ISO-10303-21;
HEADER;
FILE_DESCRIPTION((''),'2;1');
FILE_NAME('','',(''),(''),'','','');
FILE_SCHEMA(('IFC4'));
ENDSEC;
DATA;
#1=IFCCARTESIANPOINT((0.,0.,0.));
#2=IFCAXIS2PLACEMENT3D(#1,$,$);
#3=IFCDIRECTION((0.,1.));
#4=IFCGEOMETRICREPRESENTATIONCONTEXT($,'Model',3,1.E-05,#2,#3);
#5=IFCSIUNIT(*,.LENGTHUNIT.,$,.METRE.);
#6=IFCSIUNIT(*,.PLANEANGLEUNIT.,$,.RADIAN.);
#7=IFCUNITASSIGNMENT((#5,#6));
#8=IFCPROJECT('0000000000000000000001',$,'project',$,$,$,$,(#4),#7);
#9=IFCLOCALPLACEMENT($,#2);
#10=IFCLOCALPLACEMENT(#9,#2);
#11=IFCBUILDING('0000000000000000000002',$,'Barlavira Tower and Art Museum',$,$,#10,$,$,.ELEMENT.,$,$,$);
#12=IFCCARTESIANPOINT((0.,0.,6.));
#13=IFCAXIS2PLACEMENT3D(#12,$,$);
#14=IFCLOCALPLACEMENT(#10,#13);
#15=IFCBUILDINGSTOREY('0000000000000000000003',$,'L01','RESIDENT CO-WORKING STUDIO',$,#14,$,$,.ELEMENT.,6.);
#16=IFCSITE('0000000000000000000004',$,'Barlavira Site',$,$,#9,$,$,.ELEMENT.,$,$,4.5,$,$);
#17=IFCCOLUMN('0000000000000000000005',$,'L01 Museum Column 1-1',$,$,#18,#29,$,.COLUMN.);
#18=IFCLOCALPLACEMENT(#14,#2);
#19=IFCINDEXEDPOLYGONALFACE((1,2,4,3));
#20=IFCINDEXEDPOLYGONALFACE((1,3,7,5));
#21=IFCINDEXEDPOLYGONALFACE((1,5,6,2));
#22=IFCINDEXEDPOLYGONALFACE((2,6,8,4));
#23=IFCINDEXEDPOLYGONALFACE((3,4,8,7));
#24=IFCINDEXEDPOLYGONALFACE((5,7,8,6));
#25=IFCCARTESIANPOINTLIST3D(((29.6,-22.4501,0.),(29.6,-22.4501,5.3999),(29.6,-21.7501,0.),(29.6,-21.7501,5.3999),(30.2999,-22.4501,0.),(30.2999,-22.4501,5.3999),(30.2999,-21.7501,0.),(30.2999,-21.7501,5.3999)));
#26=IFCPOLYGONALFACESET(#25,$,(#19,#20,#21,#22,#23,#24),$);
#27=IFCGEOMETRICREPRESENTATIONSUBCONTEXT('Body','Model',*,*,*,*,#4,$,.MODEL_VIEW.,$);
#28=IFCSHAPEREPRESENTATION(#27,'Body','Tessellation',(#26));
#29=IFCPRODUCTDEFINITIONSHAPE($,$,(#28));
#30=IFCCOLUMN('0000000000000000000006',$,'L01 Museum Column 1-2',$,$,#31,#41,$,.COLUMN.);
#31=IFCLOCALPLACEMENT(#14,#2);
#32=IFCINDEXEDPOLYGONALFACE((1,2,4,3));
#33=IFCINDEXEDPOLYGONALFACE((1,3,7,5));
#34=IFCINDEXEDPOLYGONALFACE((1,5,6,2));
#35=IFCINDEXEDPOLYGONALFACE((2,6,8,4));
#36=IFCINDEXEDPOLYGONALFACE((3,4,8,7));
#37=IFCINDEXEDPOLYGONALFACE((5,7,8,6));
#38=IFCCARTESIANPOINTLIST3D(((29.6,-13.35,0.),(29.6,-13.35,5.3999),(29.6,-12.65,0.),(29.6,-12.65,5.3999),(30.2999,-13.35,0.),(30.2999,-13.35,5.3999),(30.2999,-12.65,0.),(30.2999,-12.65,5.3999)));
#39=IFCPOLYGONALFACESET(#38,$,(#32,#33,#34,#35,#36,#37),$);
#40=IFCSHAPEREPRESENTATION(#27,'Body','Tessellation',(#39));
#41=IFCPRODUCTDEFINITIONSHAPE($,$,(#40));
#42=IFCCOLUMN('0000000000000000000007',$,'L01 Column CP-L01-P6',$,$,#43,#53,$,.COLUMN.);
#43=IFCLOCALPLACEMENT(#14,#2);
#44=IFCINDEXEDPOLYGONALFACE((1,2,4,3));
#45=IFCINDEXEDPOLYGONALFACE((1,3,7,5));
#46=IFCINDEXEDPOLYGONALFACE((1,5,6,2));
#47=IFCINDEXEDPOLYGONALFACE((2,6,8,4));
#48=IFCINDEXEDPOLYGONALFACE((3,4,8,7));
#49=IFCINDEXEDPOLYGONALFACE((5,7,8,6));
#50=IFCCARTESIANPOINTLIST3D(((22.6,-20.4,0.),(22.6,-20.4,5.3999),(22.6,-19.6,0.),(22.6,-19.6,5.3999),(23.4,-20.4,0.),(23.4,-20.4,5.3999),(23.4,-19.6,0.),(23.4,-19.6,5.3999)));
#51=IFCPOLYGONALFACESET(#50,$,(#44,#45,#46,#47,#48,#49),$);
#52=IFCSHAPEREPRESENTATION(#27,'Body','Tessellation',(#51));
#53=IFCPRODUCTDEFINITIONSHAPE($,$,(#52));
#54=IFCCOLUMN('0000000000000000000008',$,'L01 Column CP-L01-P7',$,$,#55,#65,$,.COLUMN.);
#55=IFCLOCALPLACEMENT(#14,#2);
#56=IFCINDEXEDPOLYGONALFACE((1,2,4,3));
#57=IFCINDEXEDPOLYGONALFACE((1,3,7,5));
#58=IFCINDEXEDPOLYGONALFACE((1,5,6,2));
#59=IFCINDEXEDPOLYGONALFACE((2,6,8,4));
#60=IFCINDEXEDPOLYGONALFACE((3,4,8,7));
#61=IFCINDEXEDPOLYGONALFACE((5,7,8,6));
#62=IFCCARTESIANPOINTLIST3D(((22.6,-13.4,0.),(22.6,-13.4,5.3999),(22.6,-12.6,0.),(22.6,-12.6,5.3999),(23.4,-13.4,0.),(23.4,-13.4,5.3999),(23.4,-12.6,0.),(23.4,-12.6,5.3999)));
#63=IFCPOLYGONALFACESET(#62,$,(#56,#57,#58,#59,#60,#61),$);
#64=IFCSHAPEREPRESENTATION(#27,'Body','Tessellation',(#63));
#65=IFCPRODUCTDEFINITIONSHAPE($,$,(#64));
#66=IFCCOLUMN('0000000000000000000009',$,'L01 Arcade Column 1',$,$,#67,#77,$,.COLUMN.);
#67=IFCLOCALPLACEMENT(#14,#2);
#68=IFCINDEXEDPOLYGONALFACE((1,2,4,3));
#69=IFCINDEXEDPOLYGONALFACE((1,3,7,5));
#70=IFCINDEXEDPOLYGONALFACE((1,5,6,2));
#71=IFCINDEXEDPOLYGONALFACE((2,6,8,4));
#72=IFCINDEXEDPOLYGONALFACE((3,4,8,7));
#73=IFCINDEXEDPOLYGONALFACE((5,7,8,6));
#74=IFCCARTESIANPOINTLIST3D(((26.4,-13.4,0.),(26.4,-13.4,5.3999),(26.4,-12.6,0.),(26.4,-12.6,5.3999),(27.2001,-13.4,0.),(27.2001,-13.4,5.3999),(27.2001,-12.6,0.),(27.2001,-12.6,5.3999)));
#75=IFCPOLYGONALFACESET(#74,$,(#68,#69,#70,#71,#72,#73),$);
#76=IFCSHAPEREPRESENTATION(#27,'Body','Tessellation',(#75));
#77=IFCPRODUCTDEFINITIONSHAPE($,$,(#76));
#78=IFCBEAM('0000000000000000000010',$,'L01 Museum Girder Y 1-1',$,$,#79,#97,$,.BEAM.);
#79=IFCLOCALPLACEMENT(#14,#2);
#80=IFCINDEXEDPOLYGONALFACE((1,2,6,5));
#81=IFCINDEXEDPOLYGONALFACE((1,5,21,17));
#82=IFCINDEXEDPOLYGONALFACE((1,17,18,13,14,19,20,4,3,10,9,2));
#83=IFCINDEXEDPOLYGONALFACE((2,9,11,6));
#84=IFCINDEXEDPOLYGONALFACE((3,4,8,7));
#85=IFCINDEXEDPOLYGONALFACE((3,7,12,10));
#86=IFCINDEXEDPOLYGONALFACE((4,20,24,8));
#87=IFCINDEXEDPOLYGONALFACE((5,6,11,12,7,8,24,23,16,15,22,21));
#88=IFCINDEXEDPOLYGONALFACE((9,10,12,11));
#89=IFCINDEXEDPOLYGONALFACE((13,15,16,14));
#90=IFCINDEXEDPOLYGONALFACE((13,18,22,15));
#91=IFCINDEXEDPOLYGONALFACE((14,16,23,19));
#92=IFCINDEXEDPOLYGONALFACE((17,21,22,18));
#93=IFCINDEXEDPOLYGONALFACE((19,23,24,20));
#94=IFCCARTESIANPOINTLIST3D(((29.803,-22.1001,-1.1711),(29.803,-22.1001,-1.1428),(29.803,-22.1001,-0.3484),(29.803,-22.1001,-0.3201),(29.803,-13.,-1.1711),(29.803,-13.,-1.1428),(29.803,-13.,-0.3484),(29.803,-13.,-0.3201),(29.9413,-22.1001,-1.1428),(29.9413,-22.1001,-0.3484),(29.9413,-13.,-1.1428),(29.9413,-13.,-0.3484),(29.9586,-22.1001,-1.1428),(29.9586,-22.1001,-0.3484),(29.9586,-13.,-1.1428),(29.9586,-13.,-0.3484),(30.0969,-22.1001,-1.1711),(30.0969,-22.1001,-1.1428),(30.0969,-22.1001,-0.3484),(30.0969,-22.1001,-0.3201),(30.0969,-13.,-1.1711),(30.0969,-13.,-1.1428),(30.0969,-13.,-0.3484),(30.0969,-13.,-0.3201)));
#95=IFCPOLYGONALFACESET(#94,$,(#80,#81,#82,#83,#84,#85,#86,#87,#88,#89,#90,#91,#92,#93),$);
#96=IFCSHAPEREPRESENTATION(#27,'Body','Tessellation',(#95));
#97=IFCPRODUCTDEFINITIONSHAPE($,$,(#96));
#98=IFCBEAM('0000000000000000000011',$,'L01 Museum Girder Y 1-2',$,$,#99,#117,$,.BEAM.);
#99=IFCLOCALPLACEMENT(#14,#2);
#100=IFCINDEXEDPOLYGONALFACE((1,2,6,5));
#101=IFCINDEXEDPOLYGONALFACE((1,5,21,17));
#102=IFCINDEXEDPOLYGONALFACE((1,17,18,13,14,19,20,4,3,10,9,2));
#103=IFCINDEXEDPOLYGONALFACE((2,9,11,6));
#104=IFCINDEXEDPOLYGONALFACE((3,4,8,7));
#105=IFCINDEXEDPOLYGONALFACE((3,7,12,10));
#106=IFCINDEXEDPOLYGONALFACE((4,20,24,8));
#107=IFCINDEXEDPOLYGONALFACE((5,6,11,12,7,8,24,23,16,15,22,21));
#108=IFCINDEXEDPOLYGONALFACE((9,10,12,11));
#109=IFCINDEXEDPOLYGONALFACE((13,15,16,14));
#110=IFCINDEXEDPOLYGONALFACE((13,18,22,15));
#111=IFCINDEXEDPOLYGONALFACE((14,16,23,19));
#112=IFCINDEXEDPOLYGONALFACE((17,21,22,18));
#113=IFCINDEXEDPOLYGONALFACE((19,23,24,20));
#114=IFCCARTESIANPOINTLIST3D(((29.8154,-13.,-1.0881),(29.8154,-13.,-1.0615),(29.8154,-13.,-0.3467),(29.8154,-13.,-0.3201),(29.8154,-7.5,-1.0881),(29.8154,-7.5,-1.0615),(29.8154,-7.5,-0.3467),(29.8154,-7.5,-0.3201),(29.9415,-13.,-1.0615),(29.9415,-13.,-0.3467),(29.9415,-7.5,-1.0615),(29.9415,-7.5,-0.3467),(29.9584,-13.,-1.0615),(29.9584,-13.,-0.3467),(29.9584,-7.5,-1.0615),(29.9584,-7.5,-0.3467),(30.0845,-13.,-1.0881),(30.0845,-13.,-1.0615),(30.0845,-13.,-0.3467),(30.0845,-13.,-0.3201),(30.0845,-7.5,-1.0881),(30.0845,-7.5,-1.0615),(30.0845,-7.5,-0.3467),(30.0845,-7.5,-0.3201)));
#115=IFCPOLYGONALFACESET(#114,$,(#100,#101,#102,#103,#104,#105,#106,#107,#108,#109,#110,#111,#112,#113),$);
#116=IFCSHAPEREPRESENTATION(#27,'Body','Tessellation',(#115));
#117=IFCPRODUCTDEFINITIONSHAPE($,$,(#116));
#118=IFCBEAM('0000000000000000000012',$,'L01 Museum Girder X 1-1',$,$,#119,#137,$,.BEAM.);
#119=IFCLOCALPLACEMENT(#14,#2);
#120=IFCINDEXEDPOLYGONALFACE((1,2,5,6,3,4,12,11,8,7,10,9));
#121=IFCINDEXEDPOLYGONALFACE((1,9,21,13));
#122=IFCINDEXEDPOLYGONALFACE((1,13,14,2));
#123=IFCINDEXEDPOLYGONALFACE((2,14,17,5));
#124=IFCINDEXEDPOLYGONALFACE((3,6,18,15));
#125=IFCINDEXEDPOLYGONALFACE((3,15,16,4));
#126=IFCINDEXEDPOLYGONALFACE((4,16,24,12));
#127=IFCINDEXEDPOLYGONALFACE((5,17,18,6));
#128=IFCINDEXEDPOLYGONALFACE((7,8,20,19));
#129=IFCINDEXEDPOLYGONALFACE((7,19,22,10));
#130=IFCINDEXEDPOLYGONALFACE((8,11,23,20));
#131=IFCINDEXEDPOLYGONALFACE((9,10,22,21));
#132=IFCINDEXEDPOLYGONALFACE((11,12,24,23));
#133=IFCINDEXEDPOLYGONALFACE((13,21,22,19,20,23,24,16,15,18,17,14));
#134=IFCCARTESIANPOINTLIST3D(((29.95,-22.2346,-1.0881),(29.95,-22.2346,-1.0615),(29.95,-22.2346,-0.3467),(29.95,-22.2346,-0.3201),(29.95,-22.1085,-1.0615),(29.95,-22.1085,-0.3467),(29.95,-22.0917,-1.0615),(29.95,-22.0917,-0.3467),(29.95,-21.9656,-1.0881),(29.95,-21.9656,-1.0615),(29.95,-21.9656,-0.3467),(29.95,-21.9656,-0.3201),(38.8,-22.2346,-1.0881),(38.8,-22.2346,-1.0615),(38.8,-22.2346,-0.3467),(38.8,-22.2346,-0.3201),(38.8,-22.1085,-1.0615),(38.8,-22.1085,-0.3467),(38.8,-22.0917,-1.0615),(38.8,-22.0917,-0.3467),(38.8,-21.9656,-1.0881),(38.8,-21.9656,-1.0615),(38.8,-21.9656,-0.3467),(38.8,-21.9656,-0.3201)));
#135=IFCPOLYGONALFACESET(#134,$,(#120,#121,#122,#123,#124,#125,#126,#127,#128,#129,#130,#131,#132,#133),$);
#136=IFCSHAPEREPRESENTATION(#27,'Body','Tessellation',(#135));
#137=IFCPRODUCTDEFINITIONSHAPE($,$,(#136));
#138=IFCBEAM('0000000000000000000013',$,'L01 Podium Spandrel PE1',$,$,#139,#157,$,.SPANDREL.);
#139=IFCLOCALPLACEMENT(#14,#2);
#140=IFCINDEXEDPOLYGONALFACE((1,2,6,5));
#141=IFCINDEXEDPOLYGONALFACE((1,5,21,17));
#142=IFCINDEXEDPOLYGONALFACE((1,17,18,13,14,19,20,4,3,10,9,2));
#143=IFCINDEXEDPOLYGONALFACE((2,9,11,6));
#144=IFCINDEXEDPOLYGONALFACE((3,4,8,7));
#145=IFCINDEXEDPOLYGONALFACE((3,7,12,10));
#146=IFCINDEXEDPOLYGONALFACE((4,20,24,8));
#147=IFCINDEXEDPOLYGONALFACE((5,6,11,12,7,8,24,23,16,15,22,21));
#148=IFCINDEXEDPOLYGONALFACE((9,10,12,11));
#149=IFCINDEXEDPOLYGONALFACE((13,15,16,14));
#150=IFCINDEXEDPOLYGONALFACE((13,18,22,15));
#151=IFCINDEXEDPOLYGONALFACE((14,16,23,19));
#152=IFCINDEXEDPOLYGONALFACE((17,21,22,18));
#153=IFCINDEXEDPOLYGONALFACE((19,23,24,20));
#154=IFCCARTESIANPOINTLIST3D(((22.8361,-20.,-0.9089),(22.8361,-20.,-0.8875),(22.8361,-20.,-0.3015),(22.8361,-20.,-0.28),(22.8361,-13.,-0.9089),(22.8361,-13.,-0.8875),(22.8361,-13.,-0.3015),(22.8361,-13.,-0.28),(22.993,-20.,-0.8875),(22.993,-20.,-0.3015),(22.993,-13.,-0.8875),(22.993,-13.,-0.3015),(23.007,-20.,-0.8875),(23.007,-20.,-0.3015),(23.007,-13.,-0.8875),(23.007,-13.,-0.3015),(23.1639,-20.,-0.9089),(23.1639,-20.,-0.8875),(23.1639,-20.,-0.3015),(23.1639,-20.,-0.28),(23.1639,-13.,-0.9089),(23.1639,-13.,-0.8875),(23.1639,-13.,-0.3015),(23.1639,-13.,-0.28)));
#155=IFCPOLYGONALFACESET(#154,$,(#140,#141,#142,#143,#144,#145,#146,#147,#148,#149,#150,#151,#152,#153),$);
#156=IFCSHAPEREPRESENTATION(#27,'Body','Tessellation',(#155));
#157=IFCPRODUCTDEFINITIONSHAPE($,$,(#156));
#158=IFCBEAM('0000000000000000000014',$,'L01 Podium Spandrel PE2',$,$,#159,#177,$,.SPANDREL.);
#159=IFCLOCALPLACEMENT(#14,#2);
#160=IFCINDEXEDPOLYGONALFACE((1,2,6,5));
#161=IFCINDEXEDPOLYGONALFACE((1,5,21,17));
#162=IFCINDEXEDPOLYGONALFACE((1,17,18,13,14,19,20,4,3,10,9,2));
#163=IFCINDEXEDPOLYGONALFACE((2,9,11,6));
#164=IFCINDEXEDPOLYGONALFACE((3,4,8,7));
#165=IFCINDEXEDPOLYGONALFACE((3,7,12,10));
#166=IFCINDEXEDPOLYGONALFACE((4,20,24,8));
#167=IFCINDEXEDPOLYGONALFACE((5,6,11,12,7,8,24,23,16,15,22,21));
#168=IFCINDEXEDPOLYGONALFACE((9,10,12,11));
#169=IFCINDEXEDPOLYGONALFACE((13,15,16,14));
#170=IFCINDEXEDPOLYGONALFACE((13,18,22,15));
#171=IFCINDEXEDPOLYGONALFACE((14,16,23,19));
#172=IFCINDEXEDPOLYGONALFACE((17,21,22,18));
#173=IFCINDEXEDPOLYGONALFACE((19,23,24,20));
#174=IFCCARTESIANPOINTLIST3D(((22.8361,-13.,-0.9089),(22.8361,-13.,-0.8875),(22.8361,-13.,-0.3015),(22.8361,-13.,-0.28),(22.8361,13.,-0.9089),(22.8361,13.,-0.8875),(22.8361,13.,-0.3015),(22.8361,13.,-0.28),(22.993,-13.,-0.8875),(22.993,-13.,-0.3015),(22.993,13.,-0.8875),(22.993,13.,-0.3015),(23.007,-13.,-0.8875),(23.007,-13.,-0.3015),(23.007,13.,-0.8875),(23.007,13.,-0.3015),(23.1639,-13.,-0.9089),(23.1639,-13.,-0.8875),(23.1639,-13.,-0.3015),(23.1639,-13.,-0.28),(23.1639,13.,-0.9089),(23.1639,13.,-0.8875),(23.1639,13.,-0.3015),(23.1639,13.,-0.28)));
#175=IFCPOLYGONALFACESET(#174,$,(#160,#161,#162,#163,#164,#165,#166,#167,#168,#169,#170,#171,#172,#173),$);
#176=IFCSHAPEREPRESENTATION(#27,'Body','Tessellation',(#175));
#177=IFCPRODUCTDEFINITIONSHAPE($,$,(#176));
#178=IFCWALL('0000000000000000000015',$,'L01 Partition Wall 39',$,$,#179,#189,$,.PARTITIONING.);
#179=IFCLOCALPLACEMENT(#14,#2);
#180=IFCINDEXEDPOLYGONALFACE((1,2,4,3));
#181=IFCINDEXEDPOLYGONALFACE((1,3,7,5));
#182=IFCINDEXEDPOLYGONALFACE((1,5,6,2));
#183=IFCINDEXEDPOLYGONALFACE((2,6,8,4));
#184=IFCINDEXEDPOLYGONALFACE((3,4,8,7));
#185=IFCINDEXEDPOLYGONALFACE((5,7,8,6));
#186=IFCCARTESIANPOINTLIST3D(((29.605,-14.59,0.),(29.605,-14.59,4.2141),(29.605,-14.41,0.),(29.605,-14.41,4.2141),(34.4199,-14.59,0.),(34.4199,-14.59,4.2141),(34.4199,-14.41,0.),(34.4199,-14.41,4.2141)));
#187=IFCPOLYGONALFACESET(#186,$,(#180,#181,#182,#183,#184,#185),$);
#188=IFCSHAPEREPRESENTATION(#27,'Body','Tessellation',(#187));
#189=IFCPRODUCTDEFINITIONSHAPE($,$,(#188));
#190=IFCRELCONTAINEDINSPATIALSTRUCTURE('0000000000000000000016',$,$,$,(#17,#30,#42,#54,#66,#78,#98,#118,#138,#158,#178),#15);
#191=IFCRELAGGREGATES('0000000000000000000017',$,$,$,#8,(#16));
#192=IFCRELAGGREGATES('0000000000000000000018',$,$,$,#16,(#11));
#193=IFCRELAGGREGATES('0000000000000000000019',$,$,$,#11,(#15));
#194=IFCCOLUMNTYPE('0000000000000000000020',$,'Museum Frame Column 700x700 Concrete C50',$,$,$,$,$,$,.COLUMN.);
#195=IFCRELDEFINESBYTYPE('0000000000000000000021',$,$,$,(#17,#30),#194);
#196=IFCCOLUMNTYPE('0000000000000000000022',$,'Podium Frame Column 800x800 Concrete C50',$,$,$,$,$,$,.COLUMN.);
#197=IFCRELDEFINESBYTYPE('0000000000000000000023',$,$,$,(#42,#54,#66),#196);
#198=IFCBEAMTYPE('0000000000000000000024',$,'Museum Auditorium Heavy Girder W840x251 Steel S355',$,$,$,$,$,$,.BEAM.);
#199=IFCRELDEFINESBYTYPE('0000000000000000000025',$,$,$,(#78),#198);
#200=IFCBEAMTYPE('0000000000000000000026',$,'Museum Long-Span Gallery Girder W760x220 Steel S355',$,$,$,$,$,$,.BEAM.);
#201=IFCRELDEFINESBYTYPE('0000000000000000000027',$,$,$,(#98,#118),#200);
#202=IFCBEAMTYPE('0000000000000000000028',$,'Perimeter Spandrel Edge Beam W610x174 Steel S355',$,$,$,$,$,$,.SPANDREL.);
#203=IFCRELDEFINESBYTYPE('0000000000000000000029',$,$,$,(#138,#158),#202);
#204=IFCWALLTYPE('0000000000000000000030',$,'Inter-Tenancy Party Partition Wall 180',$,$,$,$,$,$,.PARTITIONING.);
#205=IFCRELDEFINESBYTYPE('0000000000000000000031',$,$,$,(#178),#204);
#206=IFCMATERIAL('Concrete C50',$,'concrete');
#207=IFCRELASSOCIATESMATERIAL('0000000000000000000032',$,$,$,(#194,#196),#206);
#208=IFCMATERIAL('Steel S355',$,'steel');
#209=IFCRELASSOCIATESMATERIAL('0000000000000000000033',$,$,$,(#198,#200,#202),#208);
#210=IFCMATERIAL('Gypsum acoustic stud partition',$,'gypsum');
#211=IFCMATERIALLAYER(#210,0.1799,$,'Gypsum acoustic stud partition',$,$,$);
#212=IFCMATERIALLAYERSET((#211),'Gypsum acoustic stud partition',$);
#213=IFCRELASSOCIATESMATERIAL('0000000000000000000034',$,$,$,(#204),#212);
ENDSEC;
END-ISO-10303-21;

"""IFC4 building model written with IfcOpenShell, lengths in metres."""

from ifc_helpers import new_model, si_unit, direction, frame, frame_2d, origin, origin_2d, place, context, subcontext, project, spatial, rectangle, i_section, extrude, material, layer, layer_set, material_profile, profile_set, type_object, element, save


model = new_model("IFC4")

# Units and contexts
model_context = context("Model", 3, precision=1e-05, world=origin(), true_north=direction((0.0, 1.0)))
body_context = subcontext(model_context, "Body", "Model", "MODEL_VIEW")
ifc_project = project(units=[si_unit("LENGTHUNIT", "METRE"), si_unit("PLANEANGLEUNIT", "RADIAN")], contexts=[model_context])

# Site, building, storey
site_placement = place(None, origin())
site = spatial("IfcSite", under=ifc_project, at=site_placement, Name="Barlavira Site", CompositionType="ELEMENT", RefElevation=4.5)
building_placement = place(site_placement, origin())
building = spatial("IfcBuilding", under=site, at=building_placement, Name="Barlavira Tower and Art Museum", CompositionType="ELEMENT")
storey_placement = place(building_placement, frame((0.0, 0.0, 6.0)))
storey = spatial("IfcBuildingStorey", under=building, at=storey_placement, Name="L01", Description="RESIDENT CO-WORKING STUDIO", CompositionType="ELEMENT", Elevation=6.0)

# Columns
ifc_material_1 = material(Name="Concrete C50", Category="concrete")
ifc_material_profile_1 = material_profile(ifc_material_1, rectangle(XDim=0.7, YDim=0.7, at=origin_2d()), Name="RC-COL 700x700")
ifc_profile_set_1 = profile_set([ifc_material_profile_1], Name="Concrete C50")
column_type_1 = type_object("IfcColumnType", Name="Museum Frame Column 700x700 Concrete C50", PredefinedType="COLUMN", material=ifc_profile_set_1)
for number, where, z_axis, x_axis, name in (
    (1, (29.95, -22.1001, 0.0), (0.0, 0.0, 1.0), (1.0, 0.0, 0.0), "L01 Museum Column 1-1"),
    (2, (29.95, -13.0, 0.0), (0.0, 0.0, 1.0), (1.0, 0.0, 0.0), "L01 Museum Column 1-2"),
):
    element("IfcColumn", number, at=place(storey_placement, frame(where, z_axis=z_axis, x_axis=x_axis)), inside=storey, type_object=column_type_1, Name=name, PredefinedType="COLUMN", context=body_context, shape_type="SweptSolid", body=[
        extrude(rectangle(XDim=0.7, YDim=0.7, at=origin_2d()), origin(), (0.0, 0.0, 1.0), 5.3999),
    ])
ifc_material_profile_2 = material_profile(ifc_material_1, rectangle(XDim=0.8, YDim=0.8, at=origin_2d()), Name="RC-COL 800x800")
ifc_profile_set_2 = profile_set([ifc_material_profile_2], Name="Concrete C50")
column_type_2 = type_object("IfcColumnType", Name="Podium Frame Column 800x800 Concrete C50", PredefinedType="COLUMN", material=ifc_profile_set_2)
for number, where, z_axis, x_axis, name in (
    (3, (23.0, -20.0, 0.0), (0.0, 0.0, 1.0), (1.0, 0.0, 0.0), "L01 Column CP-L01-P6"),
    (4, (23.0, -13.0, 0.0), (0.0, 0.0, 1.0), (1.0, 0.0, 0.0), "L01 Column CP-L01-P7"),
    (5, (26.8, -13.0, 0.0), (0.0, 0.0, 1.0), (1.0, 0.0, 0.0), "L01 Arcade Column 1"),
):
    element("IfcColumn", number, at=place(storey_placement, frame(where, z_axis=z_axis, x_axis=x_axis)), inside=storey, type_object=column_type_2, Name=name, PredefinedType="COLUMN", context=body_context, shape_type="SweptSolid", body=[
        extrude(rectangle(XDim=0.8, YDim=0.8, at=origin_2d()), origin(), (0.0, 0.0, 1.0), 5.3999),
    ])

# Beams
ifc_material_2 = material(Name="Steel S355", Category="steel")
ifc_material_profile_3 = material_profile(ifc_material_2, i_section(OverallWidth=0.2939, OverallDepth=0.8511, WebThickness=0.0173, FlangeThickness=0.0283, at=origin_2d()), Name="W840x251.0")
ifc_profile_set_3 = profile_set([ifc_material_profile_3], Name="Steel S355")
beam_type_1 = type_object("IfcBeamType", Name="Museum Auditorium Heavy Girder W840x251 Steel S355", PredefinedType="BEAM", material=ifc_profile_set_3)
beam_1_placement = place(storey_placement, frame((29.95, -22.1001, -0.7456), z_axis=(0.0, 1.0, 0.0), x_axis=(-1.0, 0.0, 0.0)))
element("IfcBeam", 6, at=beam_1_placement, inside=storey, type_object=beam_type_1, Name="L01 Museum Girder Y 1-1", PredefinedType="BEAM", context=body_context, shape_type="SweptSolid", body=[
    extrude(i_section(OverallWidth=0.2939, OverallDepth=0.8511, WebThickness=0.0173, FlangeThickness=0.0283, at=origin_2d()), origin(), (0.0, 0.0, 1.0), 9.1001),
])
ifc_material_profile_4 = material_profile(ifc_material_2, i_section(OverallWidth=0.269, OverallDepth=0.7681, WebThickness=0.0168, FlangeThickness=0.0266, at=origin_2d()), Name="W760x220.0")
ifc_profile_set_4 = profile_set([ifc_material_profile_4], Name="Steel S355")
beam_type_2 = type_object("IfcBeamType", Name="Museum Long-Span Gallery Girder W760x220 Steel S355", PredefinedType="BEAM", material=ifc_profile_set_4)
beam_2_placement = place(storey_placement, frame((29.95, -13.0, -0.7041), z_axis=(0.0, 1.0, 0.0), x_axis=(-1.0, 0.0, 0.0)))
element("IfcBeam", 7, at=beam_2_placement, inside=storey, type_object=beam_type_2, Name="L01 Museum Girder Y 1-2", PredefinedType="BEAM", context=body_context, shape_type="SweptSolid", body=[
    extrude(i_section(OverallWidth=0.269, OverallDepth=0.7681, WebThickness=0.0168, FlangeThickness=0.0266, at=origin_2d()), origin(), (0.0, 0.0, 1.0), 5.5),
])
beam_3_placement = place(storey_placement, frame((29.95, -22.1001, -0.7041), z_axis=(1.0, 0.0, 0.0), x_axis=(0.0, 1.0, 0.0)))
element("IfcBeam", 8, at=beam_3_placement, inside=storey, type_object=beam_type_2, Name="L01 Museum Girder X 1-1", PredefinedType="BEAM", context=body_context, shape_type="SweptSolid", body=[
    extrude(i_section(OverallWidth=0.269, OverallDepth=0.7681, WebThickness=0.0168, FlangeThickness=0.0266, at=origin_2d()), origin(), (0.0, 0.0, 1.0), 8.8501),
])
ifc_material_profile_5 = material_profile(ifc_material_2, i_section(OverallWidth=0.3279, OverallDepth=0.6289, WebThickness=0.0139, FlangeThickness=0.0215, at=origin_2d()), Name="W610x174.0")
ifc_profile_set_5 = profile_set([ifc_material_profile_5], Name="Steel S355")
beam_type_3 = type_object("IfcBeamType", Name="Perimeter Spandrel Edge Beam W610x174 Steel S355", PredefinedType="SPANDREL", material=ifc_profile_set_5)
beam_4_placement = place(storey_placement, frame((23.0, -20.0, -0.5945), z_axis=(0.0, 1.0, 0.0), x_axis=(-1.0, 0.0, 0.0)))
element("IfcBeam", 9, at=beam_4_placement, inside=storey, type_object=beam_type_3, Name="L01 Podium Spandrel PE1", PredefinedType="SPANDREL", context=body_context, shape_type="SweptSolid", body=[
    extrude(i_section(OverallWidth=0.3279, OverallDepth=0.6289, WebThickness=0.0139, FlangeThickness=0.0215, at=origin_2d()), origin(), (0.0, 0.0, 1.0), 7.0),
])
beam_5_placement = place(storey_placement, frame((23.0, -13.0, -0.5945), z_axis=(0.0, 1.0, 0.0), x_axis=(-1.0, 0.0, 0.0)))
element("IfcBeam", 10, at=beam_5_placement, inside=storey, type_object=beam_type_3, Name="L01 Podium Spandrel PE2", PredefinedType="SPANDREL", context=body_context, shape_type="SweptSolid", body=[
    extrude(i_section(OverallWidth=0.3279, OverallDepth=0.6289, WebThickness=0.0139, FlangeThickness=0.0215, at=origin_2d()), origin(), (0.0, 0.0, 1.0), 26.0),
])

# Wall
ifc_material_3 = material(Name="Gypsum acoustic stud partition", Category="gypsum")
ifc_layer_1 = layer(ifc_material_3, 0.1799, Name="Gypsum acoustic stud partition")
ifc_layer_set_1 = layer_set([ifc_layer_1], Name="Gypsum acoustic stud partition")
wall_type_1 = type_object("IfcWallType", Name="Inter-Tenancy Party Partition Wall 180", PredefinedType="PARTITIONING", material=ifc_layer_set_1)
wall_1_placement = place(storey_placement, frame((29.605, -14.5, 0.0), z_axis=(0.0, 0.0, 1.0), x_axis=(1.0, 0.0, 0.0)))
element("IfcWall", 11, at=wall_1_placement, inside=storey, type_object=wall_type_1, Name="L01 Partition Wall 39", PredefinedType="PARTITIONING", context=body_context, shape_type="SweptSolid", body=[
    extrude(rectangle(XDim=4.8149, YDim=0.1799, at=frame_2d((2.4075, 0.0))), origin(), (0.0, 0.0, 1.0), 4.2141),
])

save(model, "model.ifc")
